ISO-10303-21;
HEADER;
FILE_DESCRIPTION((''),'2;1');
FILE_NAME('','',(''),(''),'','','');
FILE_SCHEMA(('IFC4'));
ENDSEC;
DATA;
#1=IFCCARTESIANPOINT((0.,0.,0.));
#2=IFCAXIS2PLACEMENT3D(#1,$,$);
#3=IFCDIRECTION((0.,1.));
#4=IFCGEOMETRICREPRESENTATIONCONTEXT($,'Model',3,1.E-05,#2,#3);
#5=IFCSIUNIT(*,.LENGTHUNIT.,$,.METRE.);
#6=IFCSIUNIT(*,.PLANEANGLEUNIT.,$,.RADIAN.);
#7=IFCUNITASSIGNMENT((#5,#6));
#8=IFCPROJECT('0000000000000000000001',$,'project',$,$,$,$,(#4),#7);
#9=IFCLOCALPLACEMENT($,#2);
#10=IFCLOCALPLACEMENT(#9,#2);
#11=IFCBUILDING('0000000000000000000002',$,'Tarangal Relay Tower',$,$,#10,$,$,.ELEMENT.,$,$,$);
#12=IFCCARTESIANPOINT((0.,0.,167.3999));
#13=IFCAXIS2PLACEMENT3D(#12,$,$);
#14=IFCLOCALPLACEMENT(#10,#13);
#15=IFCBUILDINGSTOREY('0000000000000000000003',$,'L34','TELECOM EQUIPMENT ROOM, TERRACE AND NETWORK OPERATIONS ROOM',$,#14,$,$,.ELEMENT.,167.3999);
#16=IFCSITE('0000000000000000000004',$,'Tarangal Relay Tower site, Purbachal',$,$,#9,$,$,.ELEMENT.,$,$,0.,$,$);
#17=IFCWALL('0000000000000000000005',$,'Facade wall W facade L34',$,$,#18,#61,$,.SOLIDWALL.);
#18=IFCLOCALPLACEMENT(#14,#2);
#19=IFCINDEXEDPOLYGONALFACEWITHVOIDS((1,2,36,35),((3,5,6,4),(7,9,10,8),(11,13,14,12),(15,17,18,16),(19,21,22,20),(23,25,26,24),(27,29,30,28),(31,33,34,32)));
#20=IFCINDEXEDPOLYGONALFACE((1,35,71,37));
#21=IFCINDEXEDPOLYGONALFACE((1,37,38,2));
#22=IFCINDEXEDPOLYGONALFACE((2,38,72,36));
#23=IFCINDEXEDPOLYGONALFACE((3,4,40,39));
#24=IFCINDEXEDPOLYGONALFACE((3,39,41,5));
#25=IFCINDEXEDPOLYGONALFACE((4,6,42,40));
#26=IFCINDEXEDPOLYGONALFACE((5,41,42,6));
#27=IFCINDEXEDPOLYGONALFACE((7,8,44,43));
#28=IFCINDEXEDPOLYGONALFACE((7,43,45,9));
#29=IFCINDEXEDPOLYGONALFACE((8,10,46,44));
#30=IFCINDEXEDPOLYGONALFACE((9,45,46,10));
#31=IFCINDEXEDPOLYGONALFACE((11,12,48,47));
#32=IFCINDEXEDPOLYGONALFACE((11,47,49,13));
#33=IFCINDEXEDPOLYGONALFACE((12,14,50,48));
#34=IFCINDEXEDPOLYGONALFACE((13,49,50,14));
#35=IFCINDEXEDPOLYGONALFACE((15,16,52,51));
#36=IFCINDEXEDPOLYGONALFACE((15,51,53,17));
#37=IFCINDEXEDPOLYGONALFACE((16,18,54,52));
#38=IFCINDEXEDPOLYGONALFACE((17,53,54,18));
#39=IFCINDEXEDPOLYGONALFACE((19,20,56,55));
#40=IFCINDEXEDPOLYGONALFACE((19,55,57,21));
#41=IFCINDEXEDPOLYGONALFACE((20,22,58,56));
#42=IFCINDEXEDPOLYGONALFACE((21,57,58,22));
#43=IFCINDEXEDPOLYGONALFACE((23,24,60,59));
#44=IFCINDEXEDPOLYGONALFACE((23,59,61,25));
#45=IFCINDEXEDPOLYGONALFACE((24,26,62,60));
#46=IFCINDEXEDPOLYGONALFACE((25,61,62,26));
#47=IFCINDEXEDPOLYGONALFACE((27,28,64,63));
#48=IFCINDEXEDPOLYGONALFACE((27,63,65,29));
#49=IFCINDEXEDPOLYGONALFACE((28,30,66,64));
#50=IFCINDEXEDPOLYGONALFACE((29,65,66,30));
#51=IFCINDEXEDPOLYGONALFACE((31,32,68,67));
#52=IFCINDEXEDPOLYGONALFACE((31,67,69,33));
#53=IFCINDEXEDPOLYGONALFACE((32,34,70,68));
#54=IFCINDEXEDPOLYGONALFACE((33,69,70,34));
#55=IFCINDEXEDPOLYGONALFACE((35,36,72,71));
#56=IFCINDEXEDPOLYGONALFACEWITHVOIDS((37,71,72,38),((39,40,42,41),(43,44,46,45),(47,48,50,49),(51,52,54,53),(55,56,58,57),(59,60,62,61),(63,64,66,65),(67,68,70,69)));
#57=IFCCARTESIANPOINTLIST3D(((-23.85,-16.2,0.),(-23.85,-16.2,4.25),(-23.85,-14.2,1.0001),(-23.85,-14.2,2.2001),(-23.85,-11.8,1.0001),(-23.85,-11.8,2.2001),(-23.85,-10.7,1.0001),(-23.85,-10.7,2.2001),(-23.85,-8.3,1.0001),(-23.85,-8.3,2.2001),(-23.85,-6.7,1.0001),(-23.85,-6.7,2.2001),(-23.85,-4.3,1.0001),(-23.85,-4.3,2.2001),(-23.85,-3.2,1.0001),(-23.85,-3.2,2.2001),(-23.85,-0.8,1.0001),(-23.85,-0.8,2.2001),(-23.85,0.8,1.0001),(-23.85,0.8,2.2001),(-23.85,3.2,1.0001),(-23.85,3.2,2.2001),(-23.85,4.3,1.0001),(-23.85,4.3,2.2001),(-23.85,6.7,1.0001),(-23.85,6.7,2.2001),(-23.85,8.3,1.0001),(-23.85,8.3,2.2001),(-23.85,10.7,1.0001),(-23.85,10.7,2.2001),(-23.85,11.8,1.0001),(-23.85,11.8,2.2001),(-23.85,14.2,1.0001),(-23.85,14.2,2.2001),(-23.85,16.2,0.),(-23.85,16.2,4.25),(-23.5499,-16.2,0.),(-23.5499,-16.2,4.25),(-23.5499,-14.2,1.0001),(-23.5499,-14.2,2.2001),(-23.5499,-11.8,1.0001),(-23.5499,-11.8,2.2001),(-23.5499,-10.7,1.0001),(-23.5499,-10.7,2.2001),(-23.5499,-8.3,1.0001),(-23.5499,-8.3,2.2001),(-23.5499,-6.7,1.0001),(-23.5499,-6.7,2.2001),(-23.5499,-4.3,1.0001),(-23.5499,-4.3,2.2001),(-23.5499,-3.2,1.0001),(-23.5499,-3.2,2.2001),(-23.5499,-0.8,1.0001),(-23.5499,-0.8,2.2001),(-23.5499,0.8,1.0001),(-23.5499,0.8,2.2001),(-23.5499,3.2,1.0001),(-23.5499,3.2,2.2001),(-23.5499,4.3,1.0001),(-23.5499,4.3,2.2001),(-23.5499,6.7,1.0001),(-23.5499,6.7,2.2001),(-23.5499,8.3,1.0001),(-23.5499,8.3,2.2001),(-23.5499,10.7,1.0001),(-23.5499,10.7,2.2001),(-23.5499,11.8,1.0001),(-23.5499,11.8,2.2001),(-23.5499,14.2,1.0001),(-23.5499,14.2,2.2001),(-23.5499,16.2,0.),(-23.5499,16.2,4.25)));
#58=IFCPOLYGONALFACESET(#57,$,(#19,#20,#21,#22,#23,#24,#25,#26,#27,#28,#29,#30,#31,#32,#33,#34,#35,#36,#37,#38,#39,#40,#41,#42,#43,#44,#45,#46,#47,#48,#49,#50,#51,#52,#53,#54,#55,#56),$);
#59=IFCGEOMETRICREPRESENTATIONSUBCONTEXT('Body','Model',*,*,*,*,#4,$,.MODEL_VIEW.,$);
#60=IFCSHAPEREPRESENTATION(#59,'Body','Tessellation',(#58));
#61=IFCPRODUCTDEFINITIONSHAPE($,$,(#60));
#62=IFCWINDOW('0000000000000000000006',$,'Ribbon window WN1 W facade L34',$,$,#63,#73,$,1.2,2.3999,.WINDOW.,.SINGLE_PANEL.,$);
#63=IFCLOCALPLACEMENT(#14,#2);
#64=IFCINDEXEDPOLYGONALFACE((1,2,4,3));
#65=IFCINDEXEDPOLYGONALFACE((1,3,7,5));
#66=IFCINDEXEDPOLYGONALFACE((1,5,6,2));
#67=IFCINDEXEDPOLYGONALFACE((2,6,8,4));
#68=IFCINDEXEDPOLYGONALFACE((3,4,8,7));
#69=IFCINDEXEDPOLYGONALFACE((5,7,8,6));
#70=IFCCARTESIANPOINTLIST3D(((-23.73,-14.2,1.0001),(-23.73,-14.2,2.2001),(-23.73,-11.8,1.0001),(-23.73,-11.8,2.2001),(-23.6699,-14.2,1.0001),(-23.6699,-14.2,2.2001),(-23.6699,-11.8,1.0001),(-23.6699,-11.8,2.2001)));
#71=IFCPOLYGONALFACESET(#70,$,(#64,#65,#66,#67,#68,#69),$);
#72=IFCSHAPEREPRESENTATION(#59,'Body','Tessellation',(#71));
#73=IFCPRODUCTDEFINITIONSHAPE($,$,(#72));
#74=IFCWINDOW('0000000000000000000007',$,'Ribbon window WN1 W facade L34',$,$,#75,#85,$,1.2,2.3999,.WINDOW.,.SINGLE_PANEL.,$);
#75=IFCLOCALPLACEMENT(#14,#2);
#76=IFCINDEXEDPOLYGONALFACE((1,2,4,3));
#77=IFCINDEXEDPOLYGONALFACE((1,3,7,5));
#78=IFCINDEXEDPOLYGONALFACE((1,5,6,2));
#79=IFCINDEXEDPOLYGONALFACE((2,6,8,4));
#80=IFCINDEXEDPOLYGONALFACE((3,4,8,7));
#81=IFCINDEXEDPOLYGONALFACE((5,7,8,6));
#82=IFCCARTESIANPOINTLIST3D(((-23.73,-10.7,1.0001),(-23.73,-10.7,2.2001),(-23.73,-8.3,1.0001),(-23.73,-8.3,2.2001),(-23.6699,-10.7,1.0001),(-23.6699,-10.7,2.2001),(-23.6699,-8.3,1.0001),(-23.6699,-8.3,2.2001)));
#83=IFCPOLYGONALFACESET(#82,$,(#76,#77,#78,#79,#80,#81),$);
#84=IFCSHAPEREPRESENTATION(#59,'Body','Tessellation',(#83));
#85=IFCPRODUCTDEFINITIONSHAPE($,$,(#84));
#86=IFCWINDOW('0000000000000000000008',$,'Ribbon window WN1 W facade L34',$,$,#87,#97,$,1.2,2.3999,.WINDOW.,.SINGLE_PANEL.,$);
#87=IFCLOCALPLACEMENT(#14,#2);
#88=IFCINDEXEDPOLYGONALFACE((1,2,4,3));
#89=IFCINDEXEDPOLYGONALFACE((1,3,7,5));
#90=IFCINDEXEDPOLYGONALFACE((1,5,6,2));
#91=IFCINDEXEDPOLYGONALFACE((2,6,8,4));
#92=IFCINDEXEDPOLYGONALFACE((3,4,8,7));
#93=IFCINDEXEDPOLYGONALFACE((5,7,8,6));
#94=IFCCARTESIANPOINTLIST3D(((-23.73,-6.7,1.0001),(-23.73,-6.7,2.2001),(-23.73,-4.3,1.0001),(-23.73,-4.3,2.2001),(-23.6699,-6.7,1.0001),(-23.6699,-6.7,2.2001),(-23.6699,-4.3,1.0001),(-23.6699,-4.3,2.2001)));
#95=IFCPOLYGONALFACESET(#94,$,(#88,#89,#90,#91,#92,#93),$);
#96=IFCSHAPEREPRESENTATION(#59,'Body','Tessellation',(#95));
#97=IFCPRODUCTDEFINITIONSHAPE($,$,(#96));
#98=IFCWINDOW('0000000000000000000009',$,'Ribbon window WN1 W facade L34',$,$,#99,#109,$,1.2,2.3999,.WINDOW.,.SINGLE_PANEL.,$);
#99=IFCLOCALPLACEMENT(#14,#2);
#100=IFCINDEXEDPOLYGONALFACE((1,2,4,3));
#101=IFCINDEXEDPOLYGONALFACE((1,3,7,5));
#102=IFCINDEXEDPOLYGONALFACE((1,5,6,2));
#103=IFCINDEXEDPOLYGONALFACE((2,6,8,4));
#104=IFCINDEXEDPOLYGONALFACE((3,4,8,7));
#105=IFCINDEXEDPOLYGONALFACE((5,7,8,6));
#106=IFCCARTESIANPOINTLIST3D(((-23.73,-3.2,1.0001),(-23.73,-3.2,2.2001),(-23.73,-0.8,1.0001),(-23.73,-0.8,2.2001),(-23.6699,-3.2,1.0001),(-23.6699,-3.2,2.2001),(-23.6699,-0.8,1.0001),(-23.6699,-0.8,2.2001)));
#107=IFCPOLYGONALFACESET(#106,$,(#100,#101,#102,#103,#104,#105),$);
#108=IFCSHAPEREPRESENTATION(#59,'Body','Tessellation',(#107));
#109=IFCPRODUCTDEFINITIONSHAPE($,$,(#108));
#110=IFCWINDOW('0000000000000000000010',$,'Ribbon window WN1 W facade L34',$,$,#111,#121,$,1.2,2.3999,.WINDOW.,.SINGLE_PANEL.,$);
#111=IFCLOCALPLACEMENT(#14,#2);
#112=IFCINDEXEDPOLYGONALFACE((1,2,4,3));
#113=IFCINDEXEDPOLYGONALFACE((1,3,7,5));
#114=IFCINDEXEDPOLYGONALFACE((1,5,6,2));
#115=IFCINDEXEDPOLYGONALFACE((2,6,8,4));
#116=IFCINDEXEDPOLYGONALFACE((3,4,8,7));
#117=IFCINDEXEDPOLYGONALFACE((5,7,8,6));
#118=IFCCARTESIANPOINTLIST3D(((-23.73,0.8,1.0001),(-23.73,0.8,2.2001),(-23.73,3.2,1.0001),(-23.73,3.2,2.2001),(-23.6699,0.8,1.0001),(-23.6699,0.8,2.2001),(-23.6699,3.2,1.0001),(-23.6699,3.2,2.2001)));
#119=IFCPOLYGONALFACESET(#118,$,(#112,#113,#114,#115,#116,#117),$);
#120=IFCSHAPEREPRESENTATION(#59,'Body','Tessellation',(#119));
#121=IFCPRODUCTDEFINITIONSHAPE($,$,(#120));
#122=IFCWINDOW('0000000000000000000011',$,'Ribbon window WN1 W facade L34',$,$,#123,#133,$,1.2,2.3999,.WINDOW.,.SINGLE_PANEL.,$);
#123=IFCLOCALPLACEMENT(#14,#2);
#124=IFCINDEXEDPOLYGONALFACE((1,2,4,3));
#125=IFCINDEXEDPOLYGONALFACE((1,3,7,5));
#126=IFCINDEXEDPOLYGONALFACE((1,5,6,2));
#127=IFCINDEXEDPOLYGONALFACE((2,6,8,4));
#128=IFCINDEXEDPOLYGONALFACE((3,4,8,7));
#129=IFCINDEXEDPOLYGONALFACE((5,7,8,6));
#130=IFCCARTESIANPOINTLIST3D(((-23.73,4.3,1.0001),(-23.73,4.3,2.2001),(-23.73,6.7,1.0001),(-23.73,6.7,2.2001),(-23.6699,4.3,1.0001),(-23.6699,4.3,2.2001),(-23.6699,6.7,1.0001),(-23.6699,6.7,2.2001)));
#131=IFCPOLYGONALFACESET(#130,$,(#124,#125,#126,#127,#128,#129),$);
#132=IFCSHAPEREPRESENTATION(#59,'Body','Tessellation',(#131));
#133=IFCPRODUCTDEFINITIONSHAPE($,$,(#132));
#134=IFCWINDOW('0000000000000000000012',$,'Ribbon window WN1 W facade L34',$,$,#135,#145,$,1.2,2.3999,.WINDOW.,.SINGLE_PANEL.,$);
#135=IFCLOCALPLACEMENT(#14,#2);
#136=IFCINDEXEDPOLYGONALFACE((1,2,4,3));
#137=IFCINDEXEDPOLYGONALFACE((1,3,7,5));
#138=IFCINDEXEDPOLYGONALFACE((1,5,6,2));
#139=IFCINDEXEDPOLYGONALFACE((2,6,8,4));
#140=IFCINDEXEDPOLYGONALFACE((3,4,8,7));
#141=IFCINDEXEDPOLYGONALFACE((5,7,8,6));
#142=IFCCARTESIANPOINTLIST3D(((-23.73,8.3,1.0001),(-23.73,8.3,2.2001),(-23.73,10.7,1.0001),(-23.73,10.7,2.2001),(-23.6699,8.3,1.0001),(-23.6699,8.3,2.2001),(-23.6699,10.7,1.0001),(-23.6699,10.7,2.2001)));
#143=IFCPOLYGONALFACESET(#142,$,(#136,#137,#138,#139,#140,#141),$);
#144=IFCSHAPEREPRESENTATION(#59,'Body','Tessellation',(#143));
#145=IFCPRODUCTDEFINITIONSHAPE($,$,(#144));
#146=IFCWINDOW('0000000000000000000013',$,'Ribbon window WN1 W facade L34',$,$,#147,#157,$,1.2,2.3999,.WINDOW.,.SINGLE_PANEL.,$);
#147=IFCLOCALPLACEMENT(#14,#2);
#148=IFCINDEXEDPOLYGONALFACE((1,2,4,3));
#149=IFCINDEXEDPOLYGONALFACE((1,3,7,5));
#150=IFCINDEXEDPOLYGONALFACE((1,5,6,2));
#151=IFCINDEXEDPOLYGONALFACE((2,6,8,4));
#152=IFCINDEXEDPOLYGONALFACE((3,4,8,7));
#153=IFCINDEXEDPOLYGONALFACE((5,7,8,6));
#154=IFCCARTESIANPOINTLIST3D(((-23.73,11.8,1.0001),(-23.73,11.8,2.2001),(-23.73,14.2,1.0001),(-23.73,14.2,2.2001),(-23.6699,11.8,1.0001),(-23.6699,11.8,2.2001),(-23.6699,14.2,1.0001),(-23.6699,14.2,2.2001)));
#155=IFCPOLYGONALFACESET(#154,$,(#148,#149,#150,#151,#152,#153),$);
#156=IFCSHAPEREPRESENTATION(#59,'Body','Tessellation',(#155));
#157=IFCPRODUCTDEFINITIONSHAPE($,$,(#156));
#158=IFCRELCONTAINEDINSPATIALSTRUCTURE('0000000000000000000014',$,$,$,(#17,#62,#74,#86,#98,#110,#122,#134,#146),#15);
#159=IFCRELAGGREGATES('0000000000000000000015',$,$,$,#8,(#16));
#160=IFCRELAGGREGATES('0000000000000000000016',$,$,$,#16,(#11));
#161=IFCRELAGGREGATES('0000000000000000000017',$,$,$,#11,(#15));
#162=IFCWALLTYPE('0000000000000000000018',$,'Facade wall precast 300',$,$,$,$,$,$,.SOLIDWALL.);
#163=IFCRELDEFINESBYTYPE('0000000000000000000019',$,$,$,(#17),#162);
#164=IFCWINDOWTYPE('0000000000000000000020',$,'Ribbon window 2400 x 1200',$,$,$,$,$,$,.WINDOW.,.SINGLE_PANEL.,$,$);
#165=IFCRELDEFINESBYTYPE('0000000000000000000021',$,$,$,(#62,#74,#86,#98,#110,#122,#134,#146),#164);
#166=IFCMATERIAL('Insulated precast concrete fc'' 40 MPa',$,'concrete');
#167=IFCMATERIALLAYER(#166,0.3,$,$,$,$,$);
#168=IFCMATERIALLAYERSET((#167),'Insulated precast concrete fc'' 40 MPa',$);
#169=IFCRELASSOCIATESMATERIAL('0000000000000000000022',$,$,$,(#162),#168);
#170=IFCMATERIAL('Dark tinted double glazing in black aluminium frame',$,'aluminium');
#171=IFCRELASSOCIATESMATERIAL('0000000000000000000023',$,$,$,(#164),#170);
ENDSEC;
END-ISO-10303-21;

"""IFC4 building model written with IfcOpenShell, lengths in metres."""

from ifc_helpers import new_model, si_unit, direction, frame, frame_2d, origin, place, context, subcontext, project, spatial, rectangle, extrude, material, layer, layer_set, type_object, element, fill, save


model = new_model("IFC4")

# Units and contexts
model_context = context("Model", 3, precision=1e-05, world=origin(), true_north=direction((0.0, 1.0)))
body_context = subcontext(model_context, "Body", "Model", "MODEL_VIEW")
ifc_project = project(units=[si_unit("LENGTHUNIT", "METRE"), si_unit("PLANEANGLEUNIT", "RADIAN")], contexts=[model_context])

# Site, building, storey
site_placement = place(None, origin())
site = spatial("IfcSite", under=ifc_project, at=site_placement, Name="Tarangal Relay Tower site, Purbachal", CompositionType="ELEMENT", RefElevation=0.0)
building_placement = place(site_placement, origin())
building = spatial("IfcBuilding", under=site, at=building_placement, Name="Tarangal Relay Tower", CompositionType="ELEMENT")
storey_placement = place(building_placement, frame((0.0, 0.0, 167.3999)))
storey = spatial("IfcBuildingStorey", under=building, at=storey_placement, Name="L34", Description="TELECOM EQUIPMENT ROOM, TERRACE AND NETWORK OPERATIONS ROOM", CompositionType="ELEMENT", Elevation=167.3999)

# Shared definitions
ifc_material_1 = material(Name="Insulated precast concrete fc' 40 MPa", Category="concrete")
ifc_layer_1 = layer(ifc_material_1, 0.3)
ifc_layer_set_1 = layer_set([ifc_layer_1], Name="Insulated precast concrete fc' 40 MPa")
wall_type_1 = type_object("IfcWallType", Name="Facade wall precast 300", PredefinedType="SOLIDWALL", material=ifc_layer_set_1)

# Wall, openings, windows
wall_1_placement = place(storey_placement, frame((-23.7, -16.2, 0.0), z_axis=(0.0, 0.0, 1.0), x_axis=(0.0, 1.0, 0.0)))
wall_1 = element("IfcWall", 1, at=wall_1_placement, inside=storey, type_object=wall_type_1, Name="Facade wall W facade L34", PredefinedType="SOLIDWALL", context=body_context, shape_type="SweptSolid", body=[
    extrude(rectangle(XDim=32.3999, YDim=0.3, at=frame_2d((16.2, 0.0))), origin(), (0.0, 0.0, 1.0), 4.25),
])
opening_1_placement = place(wall_1_placement, frame((2.0, 0.0, 1.0)))
opening_1 = element("IfcOpeningElement", 2, at=opening_1_placement, cuts=wall_1, PredefinedType="OPENING", context=body_context, shape_type="SweptSolid", body=[
    extrude(rectangle(XDim=2.3999, YDim=1.2, at=frame_2d((1.2, 0.6001))), frame((0.0, 0.1599, 0.0), z_axis=(0.0, -1.0, 0.0), x_axis=(1.0, 0.0, 0.0)), (0.0, 0.0, 1.0), 0.3201),
])
opening_2_placement = place(wall_1_placement, frame((5.5, 0.0, 1.0)))
opening_2 = element("IfcOpeningElement", 3, at=opening_2_placement, cuts=wall_1, PredefinedType="OPENING", context=body_context, shape_type="SweptSolid", body=[
    extrude(rectangle(XDim=2.3999, YDim=1.2, at=frame_2d((1.2, 0.6001))), frame((0.0, 0.1599, 0.0), z_axis=(0.0, -1.0, 0.0), x_axis=(1.0, 0.0, 0.0)), (0.0, 0.0, 1.0), 0.3201),
])
opening_3_placement = place(wall_1_placement, frame((9.5, 0.0, 1.0)))
opening_3 = element("IfcOpeningElement", 4, at=opening_3_placement, cuts=wall_1, PredefinedType="OPENING", context=body_context, shape_type="SweptSolid", body=[
    extrude(rectangle(XDim=2.3999, YDim=1.2, at=frame_2d((1.2, 0.6001))), frame((0.0, 0.1599, 0.0), z_axis=(0.0, -1.0, 0.0), x_axis=(1.0, 0.0, 0.0)), (0.0, 0.0, 1.0), 0.3201),
])
opening_4_placement = place(wall_1_placement, frame((13.0, 0.0, 1.0)))
opening_4 = element("IfcOpeningElement", 5, at=opening_4_placement, cuts=wall_1, PredefinedType="OPENING", context=body_context, shape_type="SweptSolid", body=[
    extrude(rectangle(XDim=2.3999, YDim=1.2, at=frame_2d((1.2, 0.6001))), frame((0.0, 0.1599, 0.0), z_axis=(0.0, -1.0, 0.0), x_axis=(1.0, 0.0, 0.0)), (0.0, 0.0, 1.0), 0.3201),
])
opening_5_placement = place(wall_1_placement, frame((17.0, 0.0, 1.0)))
opening_5 = element("IfcOpeningElement", 6, at=opening_5_placement, cuts=wall_1, PredefinedType="OPENING", context=body_context, shape_type="SweptSolid", body=[
    extrude(rectangle(XDim=2.3999, YDim=1.2, at=frame_2d((1.2, 0.6001))), frame((0.0, 0.1599, 0.0), z_axis=(0.0, -1.0, 0.0), x_axis=(1.0, 0.0, 0.0)), (0.0, 0.0, 1.0), 0.3201),
])
opening_6_placement = place(wall_1_placement, frame((20.5, 0.0, 1.0)))
opening_6 = element("IfcOpeningElement", 7, at=opening_6_placement, cuts=wall_1, PredefinedType="OPENING", context=body_context, shape_type="SweptSolid", body=[
    extrude(rectangle(XDim=2.3999, YDim=1.2, at=frame_2d((1.2, 0.6001))), frame((0.0, 0.1599, 0.0), z_axis=(0.0, -1.0, 0.0), x_axis=(1.0, 0.0, 0.0)), (0.0, 0.0, 1.0), 0.3201),
])
opening_7_placement = place(wall_1_placement, frame((24.5, 0.0, 1.0)))
opening_7 = element("IfcOpeningElement", 8, at=opening_7_placement, cuts=wall_1, PredefinedType="OPENING", context=body_context, shape_type="SweptSolid", body=[
    extrude(rectangle(XDim=2.3999, YDim=1.2, at=frame_2d((1.2, 0.6001))), frame((0.0, 0.1599, 0.0), z_axis=(0.0, -1.0, 0.0), x_axis=(1.0, 0.0, 0.0)), (0.0, 0.0, 1.0), 0.3201),
])
opening_8_placement = place(wall_1_placement, frame((28.0, 0.0, 1.0)))
opening_8 = element("IfcOpeningElement", 9, at=opening_8_placement, cuts=wall_1, PredefinedType="OPENING", context=body_context, shape_type="SweptSolid", body=[
    extrude(rectangle(XDim=2.3999, YDim=1.2, at=frame_2d((1.2, 0.6001))), frame((0.0, 0.1599, 0.0), z_axis=(0.0, -1.0, 0.0), x_axis=(1.0, 0.0, 0.0)), (0.0, 0.0, 1.0), 0.3201),
])
ifc_material_2 = material(Name="Dark tinted double glazing in black aluminium frame", Category="aluminium")
window_type = type_object("IfcWindowType", Name="Ribbon window 2400 x 1200", PartitioningType="SINGLE_PANEL", PredefinedType="WINDOW", material=ifc_material_2)
window_1_placement = place(opening_1_placement, origin())
window_1 = element("IfcWindow", 10, at=window_1_placement, inside=storey, type_object=window_type, Name="Ribbon window WN1 W facade L34", OverallHeight=1.2, OverallWidth=2.3999, PartitioningType="SINGLE_PANEL", PredefinedType="WINDOW", context=body_context, shape_type="SweptSolid", body=[
    extrude(rectangle(XDim=2.3999, YDim=1.2, at=frame_2d((1.2, 0.6001))), frame((0.0, 0.03, 0.0), z_axis=(0.0, -1.0, 0.0), x_axis=(1.0, 0.0, 0.0)), (0.0, 0.0, 1.0), 0.0601),
])
fill(opening_1, window_1)
window_2_placement = place(opening_2_placement, origin())
window_2 = element("IfcWindow", 11, at=window_2_placement, inside=storey, type_object=window_type, Name="Ribbon window WN1 W facade L34", OverallHeight=1.2, OverallWidth=2.3999, PartitioningType="SINGLE_PANEL", PredefinedType="WINDOW", context=body_context, shape_type="SweptSolid", body=[
    extrude(rectangle(XDim=2.3999, YDim=1.2, at=frame_2d((1.2, 0.6001))), frame((0.0, 0.03, 0.0), z_axis=(0.0, -1.0, 0.0), x_axis=(1.0, 0.0, 0.0)), (0.0, 0.0, 1.0), 0.0601),
])
fill(opening_2, window_2)
window_3_placement = place(opening_3_placement, origin())
window_3 = element("IfcWindow", 12, at=window_3_placement, inside=storey, type_object=window_type, Name="Ribbon window WN1 W facade L34", OverallHeight=1.2, OverallWidth=2.3999, PartitioningType="SINGLE_PANEL", PredefinedType="WINDOW", context=body_context, shape_type="SweptSolid", body=[
    extrude(rectangle(XDim=2.3999, YDim=1.2, at=frame_2d((1.2, 0.6001))), frame((0.0, 0.03, 0.0), z_axis=(0.0, -1.0, 0.0), x_axis=(1.0, 0.0, 0.0)), (0.0, 0.0, 1.0), 0.0601),
])
fill(opening_3, window_3)
window_4_placement = place(opening_4_placement, origin())
window_4 = element("IfcWindow", 13, at=window_4_placement, inside=storey, type_object=window_type, Name="Ribbon window WN1 W facade L34", OverallHeight=1.2, OverallWidth=2.3999, PartitioningType="SINGLE_PANEL", PredefinedType="WINDOW", context=body_context, shape_type="SweptSolid", body=[
    extrude(rectangle(XDim=2.3999, YDim=1.2, at=frame_2d((1.2, 0.6001))), frame((0.0, 0.03, 0.0), z_axis=(0.0, -1.0, 0.0), x_axis=(1.0, 0.0, 0.0)), (0.0, 0.0, 1.0), 0.0601),
])
fill(opening_4, window_4)
window_5_placement = place(opening_5_placement, origin())
window_5 = element("IfcWindow", 14, at=window_5_placement, inside=storey, type_object=window_type, Name="Ribbon window WN1 W facade L34", OverallHeight=1.2, OverallWidth=2.3999, PartitioningType="SINGLE_PANEL", PredefinedType="WINDOW", context=body_context, shape_type="SweptSolid", body=[
    extrude(rectangle(XDim=2.3999, YDim=1.2, at=frame_2d((1.2, 0.6001))), frame((0.0, 0.03, 0.0), z_axis=(0.0, -1.0, 0.0), x_axis=(1.0, 0.0, 0.0)), (0.0, 0.0, 1.0), 0.0601),
])
fill(opening_5, window_5)
window_6_placement = place(opening_6_placement, origin())
window_6 = element("IfcWindow", 15, at=window_6_placement, inside=storey, type_object=window_type, Name="Ribbon window WN1 W facade L34", OverallHeight=1.2, OverallWidth=2.3999, PartitioningType="SINGLE_PANEL", PredefinedType="WINDOW", context=body_context, shape_type="SweptSolid", body=[
    extrude(rectangle(XDim=2.3999, YDim=1.2, at=frame_2d((1.2, 0.6001))), frame((0.0, 0.03, 0.0), z_axis=(0.0, -1.0, 0.0), x_axis=(1.0, 0.0, 0.0)), (0.0, 0.0, 1.0), 0.0601),
])
fill(opening_6, window_6)
window_7_placement = place(opening_7_placement, origin())
window_7 = element("IfcWindow", 16, at=window_7_placement, inside=storey, type_object=window_type, Name="Ribbon window WN1 W facade L34", OverallHeight=1.2, OverallWidth=2.3999, PartitioningType="SINGLE_PANEL", PredefinedType="WINDOW", context=body_context, shape_type="SweptSolid", body=[
    extrude(rectangle(XDim=2.3999, YDim=1.2, at=frame_2d((1.2, 0.6001))), frame((0.0, 0.03, 0.0), z_axis=(0.0, -1.0, 0.0), x_axis=(1.0, 0.0, 0.0)), (0.0, 0.0, 1.0), 0.0601),
])
fill(opening_7, window_7)
window_8_placement = place(opening_8_placement, origin())
window_8 = element("IfcWindow", 17, at=window_8_placement, inside=storey, type_object=window_type, Name="Ribbon window WN1 W facade L34", OverallHeight=1.2, OverallWidth=2.3999, PartitioningType="SINGLE_PANEL", PredefinedType="WINDOW", context=body_context, shape_type="SweptSolid", body=[
    extrude(rectangle(XDim=2.3999, YDim=1.2, at=frame_2d((1.2, 0.6001))), frame((0.0, 0.03, 0.0), z_axis=(0.0, -1.0, 0.0), x_axis=(1.0, 0.0, 0.0)), (0.0, 0.0, 1.0), 0.0601),
])
fill(opening_8, window_8)

save(model, "model.ifc")
